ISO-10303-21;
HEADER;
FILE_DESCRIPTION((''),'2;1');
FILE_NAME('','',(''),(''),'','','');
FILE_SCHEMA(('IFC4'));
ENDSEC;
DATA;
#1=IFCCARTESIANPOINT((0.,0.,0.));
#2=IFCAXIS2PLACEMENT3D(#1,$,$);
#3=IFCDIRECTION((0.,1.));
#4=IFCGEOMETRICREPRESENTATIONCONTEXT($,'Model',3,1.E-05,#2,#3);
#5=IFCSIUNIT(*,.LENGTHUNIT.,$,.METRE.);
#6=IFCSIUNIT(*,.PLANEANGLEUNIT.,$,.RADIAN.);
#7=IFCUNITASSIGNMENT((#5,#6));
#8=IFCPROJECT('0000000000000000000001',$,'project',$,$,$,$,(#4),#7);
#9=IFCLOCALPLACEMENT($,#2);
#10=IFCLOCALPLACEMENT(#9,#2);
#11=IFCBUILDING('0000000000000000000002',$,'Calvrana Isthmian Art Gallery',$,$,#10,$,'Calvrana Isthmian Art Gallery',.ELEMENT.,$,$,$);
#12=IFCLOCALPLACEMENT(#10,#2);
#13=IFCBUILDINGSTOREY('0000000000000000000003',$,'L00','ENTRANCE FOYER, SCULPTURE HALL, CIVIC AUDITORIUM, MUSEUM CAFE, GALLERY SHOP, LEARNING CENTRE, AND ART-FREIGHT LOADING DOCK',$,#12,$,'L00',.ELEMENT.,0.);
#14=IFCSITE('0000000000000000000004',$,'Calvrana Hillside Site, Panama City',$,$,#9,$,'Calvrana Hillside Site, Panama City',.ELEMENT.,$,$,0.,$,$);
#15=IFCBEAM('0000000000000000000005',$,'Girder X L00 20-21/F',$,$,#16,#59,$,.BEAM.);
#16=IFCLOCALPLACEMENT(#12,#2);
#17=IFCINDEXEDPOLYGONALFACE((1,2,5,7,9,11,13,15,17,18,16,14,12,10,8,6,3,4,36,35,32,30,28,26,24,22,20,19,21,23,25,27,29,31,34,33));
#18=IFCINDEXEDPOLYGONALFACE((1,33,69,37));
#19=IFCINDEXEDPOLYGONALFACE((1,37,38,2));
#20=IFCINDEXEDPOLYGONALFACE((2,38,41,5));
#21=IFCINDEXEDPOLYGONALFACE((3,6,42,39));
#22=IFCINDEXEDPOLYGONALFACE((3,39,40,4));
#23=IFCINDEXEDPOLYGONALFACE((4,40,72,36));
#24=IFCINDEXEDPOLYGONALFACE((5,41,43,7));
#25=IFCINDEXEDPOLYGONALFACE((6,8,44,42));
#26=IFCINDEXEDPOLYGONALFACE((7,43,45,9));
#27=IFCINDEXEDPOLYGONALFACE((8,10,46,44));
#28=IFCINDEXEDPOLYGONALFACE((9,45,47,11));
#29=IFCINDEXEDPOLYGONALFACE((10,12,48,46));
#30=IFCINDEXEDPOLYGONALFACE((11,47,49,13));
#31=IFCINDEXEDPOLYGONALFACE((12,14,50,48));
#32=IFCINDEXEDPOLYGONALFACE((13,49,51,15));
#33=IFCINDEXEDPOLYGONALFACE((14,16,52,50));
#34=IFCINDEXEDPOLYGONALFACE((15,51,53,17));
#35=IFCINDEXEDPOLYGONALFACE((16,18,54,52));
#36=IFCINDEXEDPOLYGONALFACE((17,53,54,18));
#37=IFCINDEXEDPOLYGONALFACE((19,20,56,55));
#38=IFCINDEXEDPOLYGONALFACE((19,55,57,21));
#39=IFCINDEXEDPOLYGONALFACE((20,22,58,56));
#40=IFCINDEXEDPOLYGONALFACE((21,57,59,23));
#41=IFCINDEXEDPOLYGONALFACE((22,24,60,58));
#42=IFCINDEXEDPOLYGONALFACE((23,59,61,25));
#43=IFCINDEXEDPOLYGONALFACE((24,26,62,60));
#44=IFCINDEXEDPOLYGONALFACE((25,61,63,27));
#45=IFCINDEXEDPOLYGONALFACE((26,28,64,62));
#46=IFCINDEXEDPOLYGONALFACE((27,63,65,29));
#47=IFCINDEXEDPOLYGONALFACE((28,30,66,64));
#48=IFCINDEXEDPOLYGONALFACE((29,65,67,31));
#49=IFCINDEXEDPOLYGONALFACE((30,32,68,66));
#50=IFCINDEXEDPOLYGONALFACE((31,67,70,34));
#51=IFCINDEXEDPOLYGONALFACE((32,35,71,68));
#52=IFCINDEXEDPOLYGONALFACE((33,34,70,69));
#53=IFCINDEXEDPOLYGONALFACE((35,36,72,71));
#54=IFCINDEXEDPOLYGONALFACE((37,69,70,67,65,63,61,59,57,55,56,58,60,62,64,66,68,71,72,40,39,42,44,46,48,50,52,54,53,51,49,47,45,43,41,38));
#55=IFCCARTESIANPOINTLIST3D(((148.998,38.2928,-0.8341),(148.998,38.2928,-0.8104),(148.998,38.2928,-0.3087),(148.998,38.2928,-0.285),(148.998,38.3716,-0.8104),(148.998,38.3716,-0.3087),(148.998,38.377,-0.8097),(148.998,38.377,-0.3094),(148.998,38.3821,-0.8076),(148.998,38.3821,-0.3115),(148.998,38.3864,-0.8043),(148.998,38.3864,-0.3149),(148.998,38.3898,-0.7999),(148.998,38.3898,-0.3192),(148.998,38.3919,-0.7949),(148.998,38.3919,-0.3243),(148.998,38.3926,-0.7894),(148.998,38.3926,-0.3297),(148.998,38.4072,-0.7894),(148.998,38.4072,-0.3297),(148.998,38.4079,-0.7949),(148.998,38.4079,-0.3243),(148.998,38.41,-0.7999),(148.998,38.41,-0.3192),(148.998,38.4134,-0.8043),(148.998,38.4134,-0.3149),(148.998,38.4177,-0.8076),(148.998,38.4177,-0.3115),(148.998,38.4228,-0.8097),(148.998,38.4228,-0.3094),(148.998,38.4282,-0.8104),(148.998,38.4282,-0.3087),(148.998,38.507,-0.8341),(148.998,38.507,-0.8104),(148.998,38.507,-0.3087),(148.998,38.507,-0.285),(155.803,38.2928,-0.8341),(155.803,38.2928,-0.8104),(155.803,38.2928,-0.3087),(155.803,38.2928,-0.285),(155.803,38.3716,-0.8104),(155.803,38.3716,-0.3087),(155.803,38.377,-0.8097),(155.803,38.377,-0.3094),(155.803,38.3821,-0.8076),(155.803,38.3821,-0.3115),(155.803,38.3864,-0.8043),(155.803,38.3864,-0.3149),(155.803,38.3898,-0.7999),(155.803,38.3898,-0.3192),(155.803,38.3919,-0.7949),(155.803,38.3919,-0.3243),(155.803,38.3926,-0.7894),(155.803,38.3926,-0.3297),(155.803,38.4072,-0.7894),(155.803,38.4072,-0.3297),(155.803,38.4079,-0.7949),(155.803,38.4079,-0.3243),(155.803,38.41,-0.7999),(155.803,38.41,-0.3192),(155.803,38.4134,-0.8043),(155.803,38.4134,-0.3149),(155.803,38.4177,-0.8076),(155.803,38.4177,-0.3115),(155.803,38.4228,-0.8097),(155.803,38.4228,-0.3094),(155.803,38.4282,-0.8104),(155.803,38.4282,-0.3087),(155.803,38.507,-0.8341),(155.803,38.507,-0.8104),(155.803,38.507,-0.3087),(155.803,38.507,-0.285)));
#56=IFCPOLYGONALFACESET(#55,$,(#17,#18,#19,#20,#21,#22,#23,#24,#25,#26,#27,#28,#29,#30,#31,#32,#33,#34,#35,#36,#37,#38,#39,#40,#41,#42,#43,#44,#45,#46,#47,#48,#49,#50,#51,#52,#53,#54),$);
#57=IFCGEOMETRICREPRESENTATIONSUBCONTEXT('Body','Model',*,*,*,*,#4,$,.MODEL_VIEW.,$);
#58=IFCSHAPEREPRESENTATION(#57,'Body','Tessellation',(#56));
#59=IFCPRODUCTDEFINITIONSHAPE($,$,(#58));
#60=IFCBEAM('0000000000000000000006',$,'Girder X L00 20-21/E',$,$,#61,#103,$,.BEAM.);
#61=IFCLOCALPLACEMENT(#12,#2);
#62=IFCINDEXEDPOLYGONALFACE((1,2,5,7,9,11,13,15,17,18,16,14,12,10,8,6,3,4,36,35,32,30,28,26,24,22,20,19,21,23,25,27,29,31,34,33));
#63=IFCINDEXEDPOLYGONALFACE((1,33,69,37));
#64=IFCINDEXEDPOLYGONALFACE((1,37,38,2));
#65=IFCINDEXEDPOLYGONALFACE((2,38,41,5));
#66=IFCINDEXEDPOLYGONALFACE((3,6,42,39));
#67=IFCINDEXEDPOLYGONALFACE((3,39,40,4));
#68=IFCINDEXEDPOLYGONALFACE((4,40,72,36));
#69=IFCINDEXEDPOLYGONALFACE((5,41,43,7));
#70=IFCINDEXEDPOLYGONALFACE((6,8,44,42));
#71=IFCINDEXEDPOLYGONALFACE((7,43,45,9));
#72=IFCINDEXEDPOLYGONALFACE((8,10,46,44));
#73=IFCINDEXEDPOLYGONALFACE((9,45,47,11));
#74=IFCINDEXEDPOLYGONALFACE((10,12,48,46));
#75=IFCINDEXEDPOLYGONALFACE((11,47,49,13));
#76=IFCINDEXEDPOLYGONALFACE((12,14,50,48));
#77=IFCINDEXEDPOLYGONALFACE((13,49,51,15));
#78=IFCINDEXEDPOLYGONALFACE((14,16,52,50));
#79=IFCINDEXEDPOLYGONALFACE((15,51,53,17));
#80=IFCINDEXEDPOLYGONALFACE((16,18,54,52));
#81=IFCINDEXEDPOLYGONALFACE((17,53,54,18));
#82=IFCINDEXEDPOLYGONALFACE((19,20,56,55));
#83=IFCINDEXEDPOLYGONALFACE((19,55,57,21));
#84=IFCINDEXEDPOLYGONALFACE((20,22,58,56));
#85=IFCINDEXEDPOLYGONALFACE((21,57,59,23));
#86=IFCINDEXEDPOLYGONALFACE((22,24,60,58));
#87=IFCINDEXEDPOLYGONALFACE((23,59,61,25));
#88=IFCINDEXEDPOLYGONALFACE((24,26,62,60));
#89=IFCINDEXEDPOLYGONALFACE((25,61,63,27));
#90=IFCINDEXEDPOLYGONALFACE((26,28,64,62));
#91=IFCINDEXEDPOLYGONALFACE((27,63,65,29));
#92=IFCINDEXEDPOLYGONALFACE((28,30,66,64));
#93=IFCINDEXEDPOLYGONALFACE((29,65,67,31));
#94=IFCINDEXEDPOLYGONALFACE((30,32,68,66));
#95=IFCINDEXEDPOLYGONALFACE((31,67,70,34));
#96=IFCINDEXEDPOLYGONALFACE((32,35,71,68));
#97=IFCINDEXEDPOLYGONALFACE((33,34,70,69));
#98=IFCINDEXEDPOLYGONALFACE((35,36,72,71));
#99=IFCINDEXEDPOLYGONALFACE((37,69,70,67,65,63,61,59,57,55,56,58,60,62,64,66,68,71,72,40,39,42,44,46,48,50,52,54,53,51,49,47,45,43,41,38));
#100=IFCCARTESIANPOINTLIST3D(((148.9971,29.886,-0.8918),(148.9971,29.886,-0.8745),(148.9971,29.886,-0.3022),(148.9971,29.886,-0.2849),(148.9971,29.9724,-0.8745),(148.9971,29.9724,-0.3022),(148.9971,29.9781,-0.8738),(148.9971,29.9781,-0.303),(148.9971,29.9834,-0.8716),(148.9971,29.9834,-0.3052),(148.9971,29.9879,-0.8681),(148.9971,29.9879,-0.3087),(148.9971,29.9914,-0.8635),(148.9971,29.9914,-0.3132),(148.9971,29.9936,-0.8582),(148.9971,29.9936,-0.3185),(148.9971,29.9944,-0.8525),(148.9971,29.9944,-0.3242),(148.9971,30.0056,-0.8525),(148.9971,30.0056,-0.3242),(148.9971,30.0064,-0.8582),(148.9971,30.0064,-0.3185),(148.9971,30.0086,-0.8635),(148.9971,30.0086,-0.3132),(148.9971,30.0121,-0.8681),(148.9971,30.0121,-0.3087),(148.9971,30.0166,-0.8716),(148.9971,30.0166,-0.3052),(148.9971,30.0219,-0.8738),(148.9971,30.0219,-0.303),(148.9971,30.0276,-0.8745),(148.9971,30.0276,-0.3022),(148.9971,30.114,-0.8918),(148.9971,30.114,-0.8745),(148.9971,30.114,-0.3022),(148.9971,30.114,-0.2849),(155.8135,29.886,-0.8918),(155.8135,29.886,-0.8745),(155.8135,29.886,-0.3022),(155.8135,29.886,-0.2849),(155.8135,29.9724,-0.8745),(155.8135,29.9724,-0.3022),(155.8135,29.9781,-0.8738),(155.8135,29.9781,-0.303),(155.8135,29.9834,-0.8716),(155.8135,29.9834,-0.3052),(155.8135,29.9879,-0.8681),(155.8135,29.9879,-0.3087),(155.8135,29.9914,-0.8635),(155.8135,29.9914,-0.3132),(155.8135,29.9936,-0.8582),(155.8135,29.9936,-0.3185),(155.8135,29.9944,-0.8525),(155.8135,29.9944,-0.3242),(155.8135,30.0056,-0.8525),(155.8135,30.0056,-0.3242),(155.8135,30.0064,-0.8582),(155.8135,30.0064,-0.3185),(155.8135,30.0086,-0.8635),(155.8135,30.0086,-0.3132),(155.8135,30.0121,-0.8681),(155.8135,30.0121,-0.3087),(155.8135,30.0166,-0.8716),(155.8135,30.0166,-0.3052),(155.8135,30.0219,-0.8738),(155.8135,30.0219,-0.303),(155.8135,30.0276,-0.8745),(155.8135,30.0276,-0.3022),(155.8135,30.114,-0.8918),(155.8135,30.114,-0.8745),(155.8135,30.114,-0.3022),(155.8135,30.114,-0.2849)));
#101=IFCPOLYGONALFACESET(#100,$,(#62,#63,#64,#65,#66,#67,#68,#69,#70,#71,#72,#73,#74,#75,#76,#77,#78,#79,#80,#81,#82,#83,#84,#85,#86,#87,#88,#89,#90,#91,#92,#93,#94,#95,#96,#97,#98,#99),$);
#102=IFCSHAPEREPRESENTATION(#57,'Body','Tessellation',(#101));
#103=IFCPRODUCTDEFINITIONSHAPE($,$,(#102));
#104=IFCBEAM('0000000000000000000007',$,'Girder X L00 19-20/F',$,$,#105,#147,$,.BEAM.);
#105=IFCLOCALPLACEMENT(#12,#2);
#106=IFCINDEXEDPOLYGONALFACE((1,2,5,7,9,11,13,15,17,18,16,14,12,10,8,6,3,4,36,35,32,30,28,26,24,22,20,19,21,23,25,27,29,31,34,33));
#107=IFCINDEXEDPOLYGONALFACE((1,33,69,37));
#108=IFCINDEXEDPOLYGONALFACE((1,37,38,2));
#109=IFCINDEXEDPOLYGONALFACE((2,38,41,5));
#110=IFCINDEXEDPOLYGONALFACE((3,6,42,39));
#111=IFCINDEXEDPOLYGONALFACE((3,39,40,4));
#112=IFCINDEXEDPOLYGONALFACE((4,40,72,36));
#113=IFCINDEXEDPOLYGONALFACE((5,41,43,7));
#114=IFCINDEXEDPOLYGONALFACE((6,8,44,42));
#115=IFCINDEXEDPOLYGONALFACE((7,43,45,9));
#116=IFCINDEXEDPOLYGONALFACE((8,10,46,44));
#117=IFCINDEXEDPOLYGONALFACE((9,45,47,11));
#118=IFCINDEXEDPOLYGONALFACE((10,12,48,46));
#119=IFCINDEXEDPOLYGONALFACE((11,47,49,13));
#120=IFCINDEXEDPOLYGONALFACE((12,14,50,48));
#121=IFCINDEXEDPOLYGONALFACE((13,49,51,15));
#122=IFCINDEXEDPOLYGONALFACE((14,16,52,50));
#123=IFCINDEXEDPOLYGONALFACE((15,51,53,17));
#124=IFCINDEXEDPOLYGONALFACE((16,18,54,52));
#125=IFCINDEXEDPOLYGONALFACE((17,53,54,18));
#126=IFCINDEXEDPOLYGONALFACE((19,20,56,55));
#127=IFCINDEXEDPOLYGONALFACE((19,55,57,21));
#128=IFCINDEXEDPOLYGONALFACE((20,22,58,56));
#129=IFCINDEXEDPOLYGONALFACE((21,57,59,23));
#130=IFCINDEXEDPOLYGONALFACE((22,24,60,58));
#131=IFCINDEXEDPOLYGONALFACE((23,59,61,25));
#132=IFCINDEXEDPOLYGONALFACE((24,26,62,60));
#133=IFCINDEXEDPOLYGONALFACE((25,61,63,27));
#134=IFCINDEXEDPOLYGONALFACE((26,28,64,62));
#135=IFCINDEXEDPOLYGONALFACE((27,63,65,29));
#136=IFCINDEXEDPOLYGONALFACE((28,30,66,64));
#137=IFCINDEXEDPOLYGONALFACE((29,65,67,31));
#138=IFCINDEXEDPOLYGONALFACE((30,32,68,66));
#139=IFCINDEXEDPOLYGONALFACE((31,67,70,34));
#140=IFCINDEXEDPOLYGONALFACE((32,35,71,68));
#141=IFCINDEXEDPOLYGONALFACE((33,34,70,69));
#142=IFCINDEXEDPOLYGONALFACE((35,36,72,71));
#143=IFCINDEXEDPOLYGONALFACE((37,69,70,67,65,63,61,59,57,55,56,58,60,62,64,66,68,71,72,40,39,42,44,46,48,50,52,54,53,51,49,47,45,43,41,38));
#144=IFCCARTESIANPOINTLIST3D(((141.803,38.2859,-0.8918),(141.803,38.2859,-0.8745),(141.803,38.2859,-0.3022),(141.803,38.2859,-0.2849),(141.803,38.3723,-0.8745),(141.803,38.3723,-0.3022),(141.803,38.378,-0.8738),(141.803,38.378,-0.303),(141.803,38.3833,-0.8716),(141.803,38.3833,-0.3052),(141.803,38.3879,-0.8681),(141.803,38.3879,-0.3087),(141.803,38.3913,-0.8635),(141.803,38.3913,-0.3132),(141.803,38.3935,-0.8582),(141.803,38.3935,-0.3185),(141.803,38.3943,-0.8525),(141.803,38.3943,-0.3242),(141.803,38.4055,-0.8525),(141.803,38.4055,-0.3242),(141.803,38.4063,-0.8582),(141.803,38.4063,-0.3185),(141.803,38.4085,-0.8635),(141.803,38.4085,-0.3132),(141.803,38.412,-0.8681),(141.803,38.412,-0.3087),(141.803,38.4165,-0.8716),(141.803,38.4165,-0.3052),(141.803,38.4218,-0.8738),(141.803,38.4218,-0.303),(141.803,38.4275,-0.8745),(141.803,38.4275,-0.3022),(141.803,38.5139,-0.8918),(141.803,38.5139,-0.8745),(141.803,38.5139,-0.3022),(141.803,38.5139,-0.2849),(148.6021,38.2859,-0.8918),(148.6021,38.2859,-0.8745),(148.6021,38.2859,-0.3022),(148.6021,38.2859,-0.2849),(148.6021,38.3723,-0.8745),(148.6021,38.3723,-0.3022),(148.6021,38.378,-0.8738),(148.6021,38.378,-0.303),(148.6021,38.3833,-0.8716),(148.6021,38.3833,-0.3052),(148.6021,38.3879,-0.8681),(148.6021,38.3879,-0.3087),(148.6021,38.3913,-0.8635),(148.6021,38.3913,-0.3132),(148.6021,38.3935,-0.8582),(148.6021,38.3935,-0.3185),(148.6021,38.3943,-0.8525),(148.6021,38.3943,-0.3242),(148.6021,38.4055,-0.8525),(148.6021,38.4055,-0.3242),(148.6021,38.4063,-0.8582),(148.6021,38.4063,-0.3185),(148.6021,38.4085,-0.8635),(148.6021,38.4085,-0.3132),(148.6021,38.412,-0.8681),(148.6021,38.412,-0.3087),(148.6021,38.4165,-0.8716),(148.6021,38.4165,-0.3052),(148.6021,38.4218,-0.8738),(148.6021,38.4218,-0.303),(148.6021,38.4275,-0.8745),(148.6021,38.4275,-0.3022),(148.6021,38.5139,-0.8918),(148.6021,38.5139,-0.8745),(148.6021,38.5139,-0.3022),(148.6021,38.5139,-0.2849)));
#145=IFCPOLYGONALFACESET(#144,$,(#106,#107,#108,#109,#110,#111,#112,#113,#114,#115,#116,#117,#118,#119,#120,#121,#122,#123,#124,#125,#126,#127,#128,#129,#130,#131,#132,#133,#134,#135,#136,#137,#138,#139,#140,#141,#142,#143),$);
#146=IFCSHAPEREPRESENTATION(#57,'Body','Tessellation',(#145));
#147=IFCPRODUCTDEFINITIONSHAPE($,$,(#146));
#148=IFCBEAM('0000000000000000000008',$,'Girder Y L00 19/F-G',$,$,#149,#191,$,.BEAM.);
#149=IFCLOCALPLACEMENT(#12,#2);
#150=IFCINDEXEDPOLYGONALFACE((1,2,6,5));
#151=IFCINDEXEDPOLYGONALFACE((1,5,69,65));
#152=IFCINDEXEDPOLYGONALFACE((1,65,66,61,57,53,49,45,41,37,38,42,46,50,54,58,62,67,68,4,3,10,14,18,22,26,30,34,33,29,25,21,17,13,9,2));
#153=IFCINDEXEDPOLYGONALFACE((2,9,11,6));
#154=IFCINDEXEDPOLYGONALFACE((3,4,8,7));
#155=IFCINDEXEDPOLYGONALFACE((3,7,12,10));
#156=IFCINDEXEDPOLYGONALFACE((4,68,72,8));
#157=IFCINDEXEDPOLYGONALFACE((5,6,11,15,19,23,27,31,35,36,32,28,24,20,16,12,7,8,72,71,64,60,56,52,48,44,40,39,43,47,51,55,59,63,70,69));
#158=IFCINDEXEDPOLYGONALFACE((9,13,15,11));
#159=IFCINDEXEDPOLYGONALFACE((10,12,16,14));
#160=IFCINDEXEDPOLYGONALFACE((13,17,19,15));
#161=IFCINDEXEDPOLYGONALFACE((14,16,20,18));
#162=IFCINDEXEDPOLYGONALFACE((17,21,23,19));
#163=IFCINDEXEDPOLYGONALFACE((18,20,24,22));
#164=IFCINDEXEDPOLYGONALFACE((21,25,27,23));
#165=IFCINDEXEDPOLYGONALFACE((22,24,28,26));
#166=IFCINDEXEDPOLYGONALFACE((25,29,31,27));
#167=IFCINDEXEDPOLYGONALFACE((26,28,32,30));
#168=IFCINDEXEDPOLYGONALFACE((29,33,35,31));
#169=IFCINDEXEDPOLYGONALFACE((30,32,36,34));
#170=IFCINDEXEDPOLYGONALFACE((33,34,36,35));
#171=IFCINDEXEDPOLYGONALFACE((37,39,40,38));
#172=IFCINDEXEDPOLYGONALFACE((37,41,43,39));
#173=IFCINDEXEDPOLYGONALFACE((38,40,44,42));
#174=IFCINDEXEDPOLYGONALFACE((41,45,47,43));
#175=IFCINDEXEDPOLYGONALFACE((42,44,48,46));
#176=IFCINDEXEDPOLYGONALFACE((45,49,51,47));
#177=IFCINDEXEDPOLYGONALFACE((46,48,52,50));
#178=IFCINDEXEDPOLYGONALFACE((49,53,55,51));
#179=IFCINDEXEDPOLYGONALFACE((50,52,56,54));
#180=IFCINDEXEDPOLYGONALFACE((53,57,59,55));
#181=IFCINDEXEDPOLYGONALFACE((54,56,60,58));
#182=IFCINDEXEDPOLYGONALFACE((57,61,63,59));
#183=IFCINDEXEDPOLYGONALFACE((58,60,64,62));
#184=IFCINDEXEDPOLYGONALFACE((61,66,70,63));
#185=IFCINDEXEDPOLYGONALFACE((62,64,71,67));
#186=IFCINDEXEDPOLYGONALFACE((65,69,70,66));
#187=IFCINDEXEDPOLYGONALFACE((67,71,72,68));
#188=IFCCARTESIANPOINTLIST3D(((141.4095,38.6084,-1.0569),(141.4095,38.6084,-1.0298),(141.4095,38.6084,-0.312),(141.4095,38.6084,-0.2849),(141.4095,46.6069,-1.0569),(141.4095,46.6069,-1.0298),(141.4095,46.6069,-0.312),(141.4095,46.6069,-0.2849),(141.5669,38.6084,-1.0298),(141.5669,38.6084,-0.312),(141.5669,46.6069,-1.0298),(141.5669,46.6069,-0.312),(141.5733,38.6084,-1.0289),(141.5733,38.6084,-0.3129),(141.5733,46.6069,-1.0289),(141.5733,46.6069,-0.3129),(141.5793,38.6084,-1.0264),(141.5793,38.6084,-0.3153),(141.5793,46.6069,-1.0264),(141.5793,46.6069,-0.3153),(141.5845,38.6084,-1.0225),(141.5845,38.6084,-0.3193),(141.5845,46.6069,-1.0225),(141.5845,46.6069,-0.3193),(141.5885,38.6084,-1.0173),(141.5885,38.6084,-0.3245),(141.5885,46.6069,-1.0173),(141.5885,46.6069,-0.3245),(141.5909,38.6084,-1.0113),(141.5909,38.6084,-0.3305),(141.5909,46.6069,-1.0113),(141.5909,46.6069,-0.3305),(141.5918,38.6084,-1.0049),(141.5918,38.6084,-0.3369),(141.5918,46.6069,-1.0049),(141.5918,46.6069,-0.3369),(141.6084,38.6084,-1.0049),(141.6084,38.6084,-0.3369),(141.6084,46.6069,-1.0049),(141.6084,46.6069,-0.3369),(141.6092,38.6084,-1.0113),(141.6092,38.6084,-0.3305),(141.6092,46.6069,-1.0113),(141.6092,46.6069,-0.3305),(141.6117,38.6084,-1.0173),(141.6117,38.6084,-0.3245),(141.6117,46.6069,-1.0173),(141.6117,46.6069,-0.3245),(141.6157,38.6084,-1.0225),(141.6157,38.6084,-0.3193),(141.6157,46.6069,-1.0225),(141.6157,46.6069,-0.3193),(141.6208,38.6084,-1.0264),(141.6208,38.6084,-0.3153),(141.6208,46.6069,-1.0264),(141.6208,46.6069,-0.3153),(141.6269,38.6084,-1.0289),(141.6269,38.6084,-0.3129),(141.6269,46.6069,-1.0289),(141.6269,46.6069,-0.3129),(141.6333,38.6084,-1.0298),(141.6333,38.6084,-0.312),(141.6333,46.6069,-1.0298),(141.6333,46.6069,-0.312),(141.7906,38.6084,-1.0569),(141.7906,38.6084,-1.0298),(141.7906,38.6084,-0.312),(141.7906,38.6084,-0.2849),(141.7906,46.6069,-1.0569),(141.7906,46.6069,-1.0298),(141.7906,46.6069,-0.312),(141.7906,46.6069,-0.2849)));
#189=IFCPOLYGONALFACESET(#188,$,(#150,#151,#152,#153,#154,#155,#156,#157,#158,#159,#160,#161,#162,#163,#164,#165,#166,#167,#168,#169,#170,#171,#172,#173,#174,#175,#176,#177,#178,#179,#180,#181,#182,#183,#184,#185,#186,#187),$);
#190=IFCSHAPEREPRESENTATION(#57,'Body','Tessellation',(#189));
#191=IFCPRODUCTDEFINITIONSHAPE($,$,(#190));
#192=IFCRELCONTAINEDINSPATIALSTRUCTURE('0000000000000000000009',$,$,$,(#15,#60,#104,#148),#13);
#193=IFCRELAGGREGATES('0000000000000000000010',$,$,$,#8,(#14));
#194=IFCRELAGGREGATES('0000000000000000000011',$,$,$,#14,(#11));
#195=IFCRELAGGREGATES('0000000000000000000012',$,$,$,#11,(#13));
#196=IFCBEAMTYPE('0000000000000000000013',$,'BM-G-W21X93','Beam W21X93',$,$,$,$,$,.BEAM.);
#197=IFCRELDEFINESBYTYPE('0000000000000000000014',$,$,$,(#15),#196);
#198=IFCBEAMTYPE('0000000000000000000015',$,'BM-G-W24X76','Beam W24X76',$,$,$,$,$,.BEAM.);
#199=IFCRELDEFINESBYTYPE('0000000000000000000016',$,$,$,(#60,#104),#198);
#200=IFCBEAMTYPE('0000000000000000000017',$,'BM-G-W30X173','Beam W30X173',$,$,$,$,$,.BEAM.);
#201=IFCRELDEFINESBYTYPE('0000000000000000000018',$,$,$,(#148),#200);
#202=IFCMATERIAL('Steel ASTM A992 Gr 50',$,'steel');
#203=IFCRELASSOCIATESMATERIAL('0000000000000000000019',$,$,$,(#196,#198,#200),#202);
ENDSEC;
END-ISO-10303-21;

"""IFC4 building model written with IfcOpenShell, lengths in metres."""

from ifc_helpers import new_model, si_unit, direction, frame, origin, origin_2d, place, context, subcontext, project, spatial, i_section, extrude, material, material_profile, profile_set, type_object, element, save


model = new_model("IFC4")

# Units and contexts
model_context = context("Model", 3, precision=1e-05, world=origin(), true_north=direction((0.0, 1.0)))
body_context = subcontext(model_context, "Body", "Model", "MODEL_VIEW")
ifc_project = project(units=[si_unit("LENGTHUNIT", "METRE"), si_unit("PLANEANGLEUNIT", "RADIAN")], contexts=[model_context])

# Site, building, storey
site_placement = place(None, origin())
site = spatial("IfcSite", under=ifc_project, at=site_placement, Name="Calvrana Hillside Site, Panama City", LongName="Calvrana Hillside Site, Panama City", CompositionType="ELEMENT", RefElevation=0.0)
building_placement = place(site_placement, origin())
building = spatial("IfcBuilding", under=site, at=building_placement, Name="Calvrana Isthmian Art Gallery", LongName="Calvrana Isthmian Art Gallery", CompositionType="ELEMENT")
storey_placement = place(building_placement, origin())
storey = spatial("IfcBuildingStorey", under=building, at=storey_placement, Name="L00", Description="ENTRANCE FOYER, SCULPTURE HALL, CIVIC AUDITORIUM, MUSEUM CAFE, GALLERY SHOP, LEARNING CENTRE, AND ART-FREIGHT LOADING DOCK", LongName="L00", CompositionType="ELEMENT", Elevation=0.0)

# Shared definitions
ifc_material_1 = material(Name="Steel ASTM A992 Gr 50", Category="steel")

# Beams
ifc_material_profile_1 = material_profile(ifc_material_1, i_section(OverallWidth=0.2141, OverallDepth=0.5491, WebThickness=0.0146, FlangeThickness=0.0237, FilletRadius=0.021, at=origin_2d()), Name="W21X93")
ifc_profile_set_1 = profile_set([ifc_material_profile_1], Name="Steel ASTM A992 Gr 50")
beam_type_1 = type_object("IfcBeamType", Name="BM-G-W21X93", Description="Beam W21X93", PredefinedType="BEAM", material=ifc_profile_set_1)
beam_1_placement = place(storey_placement, frame((148.998, 38.3999, -0.5596), z_axis=(1.0, 0.0, 0.0), x_axis=(0.0, 1.0, 0.0)))
element("IfcBeam", 1, at=beam_1_placement, inside=storey, type_object=beam_type_1, Name="Girder X L00 20-21/F", PredefinedType="BEAM", context=body_context, shape_type="SweptSolid", body=[
    extrude(i_section(OverallWidth=0.2141, OverallDepth=0.5491, WebThickness=0.0146, FlangeThickness=0.0237, FilletRadius=0.021, at=origin_2d()), origin(), (0.0, 0.0, 1.0), 6.8049),
])
ifc_material_profile_2 = material_profile(ifc_material_1, i_section(OverallWidth=0.228, OverallDepth=0.6069, WebThickness=0.0112, FlangeThickness=0.0173, FilletRadius=0.022, at=origin_2d()), Name="W24X76")
ifc_profile_set_2 = profile_set([ifc_material_profile_2], Name="Steel ASTM A992 Gr 50")
beam_type_2 = type_object("IfcBeamType", Name="BM-G-W24X76", Description="Beam W24X76", PredefinedType="BEAM", material=ifc_profile_set_2)
beam_2_placement = place(storey_placement, frame((148.9971, 30.0, -0.5884), z_axis=(1.0, 0.0, 0.0), x_axis=(0.0, 1.0, 0.0)))
element("IfcBeam", 2, at=beam_2_placement, inside=storey, type_object=beam_type_2, Name="Girder X L00 20-21/E", PredefinedType="BEAM", context=body_context, shape_type="SweptSolid", body=[
    extrude(i_section(OverallWidth=0.228, OverallDepth=0.6069, WebThickness=0.0112, FlangeThickness=0.0173, FilletRadius=0.022, at=origin_2d()), origin(), (0.0, 0.0, 1.0), 6.8164),
])
beam_3_placement = place(storey_placement, frame((141.803, 38.3999, -0.5884), z_axis=(1.0, 0.0, 0.0), x_axis=(0.0, 1.0, 0.0)))
element("IfcBeam", 3, at=beam_3_placement, inside=storey, type_object=beam_type_2, Name="Girder X L00 19-20/F", PredefinedType="BEAM", context=body_context, shape_type="SweptSolid", body=[
    extrude(i_section(OverallWidth=0.228, OverallDepth=0.6069, WebThickness=0.0112, FlangeThickness=0.0173, FilletRadius=0.022, at=origin_2d()), origin(), (0.0, 0.0, 1.0), 6.7991),
])
ifc_material_profile_3 = material_profile(ifc_material_1, i_section(OverallWidth=0.3811, OverallDepth=0.772, WebThickness=0.0166, FlangeThickness=0.0271, FilletRadius=0.0249, at=origin_2d()), Name="W30X173")
ifc_profile_set_3 = profile_set([ifc_material_profile_3], Name="Steel ASTM A992 Gr 50")
beam_type_3 = type_object("IfcBeamType", Name="BM-G-W30X173", Description="Beam W30X173", PredefinedType="BEAM", material=ifc_profile_set_3)
beam_4_placement = place(storey_placement, frame((141.6001, 38.6084, -0.6709), z_axis=(0.0, 1.0, 0.0), x_axis=(-1.0, 0.0, 0.0)))
element("IfcBeam", 4, at=beam_4_placement, inside=storey, type_object=beam_type_3, Name="Girder Y L00 19/F-G", PredefinedType="BEAM", context=body_context, shape_type="SweptSolid", body=[
    extrude(i_section(OverallWidth=0.3811, OverallDepth=0.772, WebThickness=0.0166, FlangeThickness=0.0271, FilletRadius=0.0249, at=origin_2d()), origin(), (0.0, 0.0, 1.0), 7.9985),
])

save(model, "model.ifc")
